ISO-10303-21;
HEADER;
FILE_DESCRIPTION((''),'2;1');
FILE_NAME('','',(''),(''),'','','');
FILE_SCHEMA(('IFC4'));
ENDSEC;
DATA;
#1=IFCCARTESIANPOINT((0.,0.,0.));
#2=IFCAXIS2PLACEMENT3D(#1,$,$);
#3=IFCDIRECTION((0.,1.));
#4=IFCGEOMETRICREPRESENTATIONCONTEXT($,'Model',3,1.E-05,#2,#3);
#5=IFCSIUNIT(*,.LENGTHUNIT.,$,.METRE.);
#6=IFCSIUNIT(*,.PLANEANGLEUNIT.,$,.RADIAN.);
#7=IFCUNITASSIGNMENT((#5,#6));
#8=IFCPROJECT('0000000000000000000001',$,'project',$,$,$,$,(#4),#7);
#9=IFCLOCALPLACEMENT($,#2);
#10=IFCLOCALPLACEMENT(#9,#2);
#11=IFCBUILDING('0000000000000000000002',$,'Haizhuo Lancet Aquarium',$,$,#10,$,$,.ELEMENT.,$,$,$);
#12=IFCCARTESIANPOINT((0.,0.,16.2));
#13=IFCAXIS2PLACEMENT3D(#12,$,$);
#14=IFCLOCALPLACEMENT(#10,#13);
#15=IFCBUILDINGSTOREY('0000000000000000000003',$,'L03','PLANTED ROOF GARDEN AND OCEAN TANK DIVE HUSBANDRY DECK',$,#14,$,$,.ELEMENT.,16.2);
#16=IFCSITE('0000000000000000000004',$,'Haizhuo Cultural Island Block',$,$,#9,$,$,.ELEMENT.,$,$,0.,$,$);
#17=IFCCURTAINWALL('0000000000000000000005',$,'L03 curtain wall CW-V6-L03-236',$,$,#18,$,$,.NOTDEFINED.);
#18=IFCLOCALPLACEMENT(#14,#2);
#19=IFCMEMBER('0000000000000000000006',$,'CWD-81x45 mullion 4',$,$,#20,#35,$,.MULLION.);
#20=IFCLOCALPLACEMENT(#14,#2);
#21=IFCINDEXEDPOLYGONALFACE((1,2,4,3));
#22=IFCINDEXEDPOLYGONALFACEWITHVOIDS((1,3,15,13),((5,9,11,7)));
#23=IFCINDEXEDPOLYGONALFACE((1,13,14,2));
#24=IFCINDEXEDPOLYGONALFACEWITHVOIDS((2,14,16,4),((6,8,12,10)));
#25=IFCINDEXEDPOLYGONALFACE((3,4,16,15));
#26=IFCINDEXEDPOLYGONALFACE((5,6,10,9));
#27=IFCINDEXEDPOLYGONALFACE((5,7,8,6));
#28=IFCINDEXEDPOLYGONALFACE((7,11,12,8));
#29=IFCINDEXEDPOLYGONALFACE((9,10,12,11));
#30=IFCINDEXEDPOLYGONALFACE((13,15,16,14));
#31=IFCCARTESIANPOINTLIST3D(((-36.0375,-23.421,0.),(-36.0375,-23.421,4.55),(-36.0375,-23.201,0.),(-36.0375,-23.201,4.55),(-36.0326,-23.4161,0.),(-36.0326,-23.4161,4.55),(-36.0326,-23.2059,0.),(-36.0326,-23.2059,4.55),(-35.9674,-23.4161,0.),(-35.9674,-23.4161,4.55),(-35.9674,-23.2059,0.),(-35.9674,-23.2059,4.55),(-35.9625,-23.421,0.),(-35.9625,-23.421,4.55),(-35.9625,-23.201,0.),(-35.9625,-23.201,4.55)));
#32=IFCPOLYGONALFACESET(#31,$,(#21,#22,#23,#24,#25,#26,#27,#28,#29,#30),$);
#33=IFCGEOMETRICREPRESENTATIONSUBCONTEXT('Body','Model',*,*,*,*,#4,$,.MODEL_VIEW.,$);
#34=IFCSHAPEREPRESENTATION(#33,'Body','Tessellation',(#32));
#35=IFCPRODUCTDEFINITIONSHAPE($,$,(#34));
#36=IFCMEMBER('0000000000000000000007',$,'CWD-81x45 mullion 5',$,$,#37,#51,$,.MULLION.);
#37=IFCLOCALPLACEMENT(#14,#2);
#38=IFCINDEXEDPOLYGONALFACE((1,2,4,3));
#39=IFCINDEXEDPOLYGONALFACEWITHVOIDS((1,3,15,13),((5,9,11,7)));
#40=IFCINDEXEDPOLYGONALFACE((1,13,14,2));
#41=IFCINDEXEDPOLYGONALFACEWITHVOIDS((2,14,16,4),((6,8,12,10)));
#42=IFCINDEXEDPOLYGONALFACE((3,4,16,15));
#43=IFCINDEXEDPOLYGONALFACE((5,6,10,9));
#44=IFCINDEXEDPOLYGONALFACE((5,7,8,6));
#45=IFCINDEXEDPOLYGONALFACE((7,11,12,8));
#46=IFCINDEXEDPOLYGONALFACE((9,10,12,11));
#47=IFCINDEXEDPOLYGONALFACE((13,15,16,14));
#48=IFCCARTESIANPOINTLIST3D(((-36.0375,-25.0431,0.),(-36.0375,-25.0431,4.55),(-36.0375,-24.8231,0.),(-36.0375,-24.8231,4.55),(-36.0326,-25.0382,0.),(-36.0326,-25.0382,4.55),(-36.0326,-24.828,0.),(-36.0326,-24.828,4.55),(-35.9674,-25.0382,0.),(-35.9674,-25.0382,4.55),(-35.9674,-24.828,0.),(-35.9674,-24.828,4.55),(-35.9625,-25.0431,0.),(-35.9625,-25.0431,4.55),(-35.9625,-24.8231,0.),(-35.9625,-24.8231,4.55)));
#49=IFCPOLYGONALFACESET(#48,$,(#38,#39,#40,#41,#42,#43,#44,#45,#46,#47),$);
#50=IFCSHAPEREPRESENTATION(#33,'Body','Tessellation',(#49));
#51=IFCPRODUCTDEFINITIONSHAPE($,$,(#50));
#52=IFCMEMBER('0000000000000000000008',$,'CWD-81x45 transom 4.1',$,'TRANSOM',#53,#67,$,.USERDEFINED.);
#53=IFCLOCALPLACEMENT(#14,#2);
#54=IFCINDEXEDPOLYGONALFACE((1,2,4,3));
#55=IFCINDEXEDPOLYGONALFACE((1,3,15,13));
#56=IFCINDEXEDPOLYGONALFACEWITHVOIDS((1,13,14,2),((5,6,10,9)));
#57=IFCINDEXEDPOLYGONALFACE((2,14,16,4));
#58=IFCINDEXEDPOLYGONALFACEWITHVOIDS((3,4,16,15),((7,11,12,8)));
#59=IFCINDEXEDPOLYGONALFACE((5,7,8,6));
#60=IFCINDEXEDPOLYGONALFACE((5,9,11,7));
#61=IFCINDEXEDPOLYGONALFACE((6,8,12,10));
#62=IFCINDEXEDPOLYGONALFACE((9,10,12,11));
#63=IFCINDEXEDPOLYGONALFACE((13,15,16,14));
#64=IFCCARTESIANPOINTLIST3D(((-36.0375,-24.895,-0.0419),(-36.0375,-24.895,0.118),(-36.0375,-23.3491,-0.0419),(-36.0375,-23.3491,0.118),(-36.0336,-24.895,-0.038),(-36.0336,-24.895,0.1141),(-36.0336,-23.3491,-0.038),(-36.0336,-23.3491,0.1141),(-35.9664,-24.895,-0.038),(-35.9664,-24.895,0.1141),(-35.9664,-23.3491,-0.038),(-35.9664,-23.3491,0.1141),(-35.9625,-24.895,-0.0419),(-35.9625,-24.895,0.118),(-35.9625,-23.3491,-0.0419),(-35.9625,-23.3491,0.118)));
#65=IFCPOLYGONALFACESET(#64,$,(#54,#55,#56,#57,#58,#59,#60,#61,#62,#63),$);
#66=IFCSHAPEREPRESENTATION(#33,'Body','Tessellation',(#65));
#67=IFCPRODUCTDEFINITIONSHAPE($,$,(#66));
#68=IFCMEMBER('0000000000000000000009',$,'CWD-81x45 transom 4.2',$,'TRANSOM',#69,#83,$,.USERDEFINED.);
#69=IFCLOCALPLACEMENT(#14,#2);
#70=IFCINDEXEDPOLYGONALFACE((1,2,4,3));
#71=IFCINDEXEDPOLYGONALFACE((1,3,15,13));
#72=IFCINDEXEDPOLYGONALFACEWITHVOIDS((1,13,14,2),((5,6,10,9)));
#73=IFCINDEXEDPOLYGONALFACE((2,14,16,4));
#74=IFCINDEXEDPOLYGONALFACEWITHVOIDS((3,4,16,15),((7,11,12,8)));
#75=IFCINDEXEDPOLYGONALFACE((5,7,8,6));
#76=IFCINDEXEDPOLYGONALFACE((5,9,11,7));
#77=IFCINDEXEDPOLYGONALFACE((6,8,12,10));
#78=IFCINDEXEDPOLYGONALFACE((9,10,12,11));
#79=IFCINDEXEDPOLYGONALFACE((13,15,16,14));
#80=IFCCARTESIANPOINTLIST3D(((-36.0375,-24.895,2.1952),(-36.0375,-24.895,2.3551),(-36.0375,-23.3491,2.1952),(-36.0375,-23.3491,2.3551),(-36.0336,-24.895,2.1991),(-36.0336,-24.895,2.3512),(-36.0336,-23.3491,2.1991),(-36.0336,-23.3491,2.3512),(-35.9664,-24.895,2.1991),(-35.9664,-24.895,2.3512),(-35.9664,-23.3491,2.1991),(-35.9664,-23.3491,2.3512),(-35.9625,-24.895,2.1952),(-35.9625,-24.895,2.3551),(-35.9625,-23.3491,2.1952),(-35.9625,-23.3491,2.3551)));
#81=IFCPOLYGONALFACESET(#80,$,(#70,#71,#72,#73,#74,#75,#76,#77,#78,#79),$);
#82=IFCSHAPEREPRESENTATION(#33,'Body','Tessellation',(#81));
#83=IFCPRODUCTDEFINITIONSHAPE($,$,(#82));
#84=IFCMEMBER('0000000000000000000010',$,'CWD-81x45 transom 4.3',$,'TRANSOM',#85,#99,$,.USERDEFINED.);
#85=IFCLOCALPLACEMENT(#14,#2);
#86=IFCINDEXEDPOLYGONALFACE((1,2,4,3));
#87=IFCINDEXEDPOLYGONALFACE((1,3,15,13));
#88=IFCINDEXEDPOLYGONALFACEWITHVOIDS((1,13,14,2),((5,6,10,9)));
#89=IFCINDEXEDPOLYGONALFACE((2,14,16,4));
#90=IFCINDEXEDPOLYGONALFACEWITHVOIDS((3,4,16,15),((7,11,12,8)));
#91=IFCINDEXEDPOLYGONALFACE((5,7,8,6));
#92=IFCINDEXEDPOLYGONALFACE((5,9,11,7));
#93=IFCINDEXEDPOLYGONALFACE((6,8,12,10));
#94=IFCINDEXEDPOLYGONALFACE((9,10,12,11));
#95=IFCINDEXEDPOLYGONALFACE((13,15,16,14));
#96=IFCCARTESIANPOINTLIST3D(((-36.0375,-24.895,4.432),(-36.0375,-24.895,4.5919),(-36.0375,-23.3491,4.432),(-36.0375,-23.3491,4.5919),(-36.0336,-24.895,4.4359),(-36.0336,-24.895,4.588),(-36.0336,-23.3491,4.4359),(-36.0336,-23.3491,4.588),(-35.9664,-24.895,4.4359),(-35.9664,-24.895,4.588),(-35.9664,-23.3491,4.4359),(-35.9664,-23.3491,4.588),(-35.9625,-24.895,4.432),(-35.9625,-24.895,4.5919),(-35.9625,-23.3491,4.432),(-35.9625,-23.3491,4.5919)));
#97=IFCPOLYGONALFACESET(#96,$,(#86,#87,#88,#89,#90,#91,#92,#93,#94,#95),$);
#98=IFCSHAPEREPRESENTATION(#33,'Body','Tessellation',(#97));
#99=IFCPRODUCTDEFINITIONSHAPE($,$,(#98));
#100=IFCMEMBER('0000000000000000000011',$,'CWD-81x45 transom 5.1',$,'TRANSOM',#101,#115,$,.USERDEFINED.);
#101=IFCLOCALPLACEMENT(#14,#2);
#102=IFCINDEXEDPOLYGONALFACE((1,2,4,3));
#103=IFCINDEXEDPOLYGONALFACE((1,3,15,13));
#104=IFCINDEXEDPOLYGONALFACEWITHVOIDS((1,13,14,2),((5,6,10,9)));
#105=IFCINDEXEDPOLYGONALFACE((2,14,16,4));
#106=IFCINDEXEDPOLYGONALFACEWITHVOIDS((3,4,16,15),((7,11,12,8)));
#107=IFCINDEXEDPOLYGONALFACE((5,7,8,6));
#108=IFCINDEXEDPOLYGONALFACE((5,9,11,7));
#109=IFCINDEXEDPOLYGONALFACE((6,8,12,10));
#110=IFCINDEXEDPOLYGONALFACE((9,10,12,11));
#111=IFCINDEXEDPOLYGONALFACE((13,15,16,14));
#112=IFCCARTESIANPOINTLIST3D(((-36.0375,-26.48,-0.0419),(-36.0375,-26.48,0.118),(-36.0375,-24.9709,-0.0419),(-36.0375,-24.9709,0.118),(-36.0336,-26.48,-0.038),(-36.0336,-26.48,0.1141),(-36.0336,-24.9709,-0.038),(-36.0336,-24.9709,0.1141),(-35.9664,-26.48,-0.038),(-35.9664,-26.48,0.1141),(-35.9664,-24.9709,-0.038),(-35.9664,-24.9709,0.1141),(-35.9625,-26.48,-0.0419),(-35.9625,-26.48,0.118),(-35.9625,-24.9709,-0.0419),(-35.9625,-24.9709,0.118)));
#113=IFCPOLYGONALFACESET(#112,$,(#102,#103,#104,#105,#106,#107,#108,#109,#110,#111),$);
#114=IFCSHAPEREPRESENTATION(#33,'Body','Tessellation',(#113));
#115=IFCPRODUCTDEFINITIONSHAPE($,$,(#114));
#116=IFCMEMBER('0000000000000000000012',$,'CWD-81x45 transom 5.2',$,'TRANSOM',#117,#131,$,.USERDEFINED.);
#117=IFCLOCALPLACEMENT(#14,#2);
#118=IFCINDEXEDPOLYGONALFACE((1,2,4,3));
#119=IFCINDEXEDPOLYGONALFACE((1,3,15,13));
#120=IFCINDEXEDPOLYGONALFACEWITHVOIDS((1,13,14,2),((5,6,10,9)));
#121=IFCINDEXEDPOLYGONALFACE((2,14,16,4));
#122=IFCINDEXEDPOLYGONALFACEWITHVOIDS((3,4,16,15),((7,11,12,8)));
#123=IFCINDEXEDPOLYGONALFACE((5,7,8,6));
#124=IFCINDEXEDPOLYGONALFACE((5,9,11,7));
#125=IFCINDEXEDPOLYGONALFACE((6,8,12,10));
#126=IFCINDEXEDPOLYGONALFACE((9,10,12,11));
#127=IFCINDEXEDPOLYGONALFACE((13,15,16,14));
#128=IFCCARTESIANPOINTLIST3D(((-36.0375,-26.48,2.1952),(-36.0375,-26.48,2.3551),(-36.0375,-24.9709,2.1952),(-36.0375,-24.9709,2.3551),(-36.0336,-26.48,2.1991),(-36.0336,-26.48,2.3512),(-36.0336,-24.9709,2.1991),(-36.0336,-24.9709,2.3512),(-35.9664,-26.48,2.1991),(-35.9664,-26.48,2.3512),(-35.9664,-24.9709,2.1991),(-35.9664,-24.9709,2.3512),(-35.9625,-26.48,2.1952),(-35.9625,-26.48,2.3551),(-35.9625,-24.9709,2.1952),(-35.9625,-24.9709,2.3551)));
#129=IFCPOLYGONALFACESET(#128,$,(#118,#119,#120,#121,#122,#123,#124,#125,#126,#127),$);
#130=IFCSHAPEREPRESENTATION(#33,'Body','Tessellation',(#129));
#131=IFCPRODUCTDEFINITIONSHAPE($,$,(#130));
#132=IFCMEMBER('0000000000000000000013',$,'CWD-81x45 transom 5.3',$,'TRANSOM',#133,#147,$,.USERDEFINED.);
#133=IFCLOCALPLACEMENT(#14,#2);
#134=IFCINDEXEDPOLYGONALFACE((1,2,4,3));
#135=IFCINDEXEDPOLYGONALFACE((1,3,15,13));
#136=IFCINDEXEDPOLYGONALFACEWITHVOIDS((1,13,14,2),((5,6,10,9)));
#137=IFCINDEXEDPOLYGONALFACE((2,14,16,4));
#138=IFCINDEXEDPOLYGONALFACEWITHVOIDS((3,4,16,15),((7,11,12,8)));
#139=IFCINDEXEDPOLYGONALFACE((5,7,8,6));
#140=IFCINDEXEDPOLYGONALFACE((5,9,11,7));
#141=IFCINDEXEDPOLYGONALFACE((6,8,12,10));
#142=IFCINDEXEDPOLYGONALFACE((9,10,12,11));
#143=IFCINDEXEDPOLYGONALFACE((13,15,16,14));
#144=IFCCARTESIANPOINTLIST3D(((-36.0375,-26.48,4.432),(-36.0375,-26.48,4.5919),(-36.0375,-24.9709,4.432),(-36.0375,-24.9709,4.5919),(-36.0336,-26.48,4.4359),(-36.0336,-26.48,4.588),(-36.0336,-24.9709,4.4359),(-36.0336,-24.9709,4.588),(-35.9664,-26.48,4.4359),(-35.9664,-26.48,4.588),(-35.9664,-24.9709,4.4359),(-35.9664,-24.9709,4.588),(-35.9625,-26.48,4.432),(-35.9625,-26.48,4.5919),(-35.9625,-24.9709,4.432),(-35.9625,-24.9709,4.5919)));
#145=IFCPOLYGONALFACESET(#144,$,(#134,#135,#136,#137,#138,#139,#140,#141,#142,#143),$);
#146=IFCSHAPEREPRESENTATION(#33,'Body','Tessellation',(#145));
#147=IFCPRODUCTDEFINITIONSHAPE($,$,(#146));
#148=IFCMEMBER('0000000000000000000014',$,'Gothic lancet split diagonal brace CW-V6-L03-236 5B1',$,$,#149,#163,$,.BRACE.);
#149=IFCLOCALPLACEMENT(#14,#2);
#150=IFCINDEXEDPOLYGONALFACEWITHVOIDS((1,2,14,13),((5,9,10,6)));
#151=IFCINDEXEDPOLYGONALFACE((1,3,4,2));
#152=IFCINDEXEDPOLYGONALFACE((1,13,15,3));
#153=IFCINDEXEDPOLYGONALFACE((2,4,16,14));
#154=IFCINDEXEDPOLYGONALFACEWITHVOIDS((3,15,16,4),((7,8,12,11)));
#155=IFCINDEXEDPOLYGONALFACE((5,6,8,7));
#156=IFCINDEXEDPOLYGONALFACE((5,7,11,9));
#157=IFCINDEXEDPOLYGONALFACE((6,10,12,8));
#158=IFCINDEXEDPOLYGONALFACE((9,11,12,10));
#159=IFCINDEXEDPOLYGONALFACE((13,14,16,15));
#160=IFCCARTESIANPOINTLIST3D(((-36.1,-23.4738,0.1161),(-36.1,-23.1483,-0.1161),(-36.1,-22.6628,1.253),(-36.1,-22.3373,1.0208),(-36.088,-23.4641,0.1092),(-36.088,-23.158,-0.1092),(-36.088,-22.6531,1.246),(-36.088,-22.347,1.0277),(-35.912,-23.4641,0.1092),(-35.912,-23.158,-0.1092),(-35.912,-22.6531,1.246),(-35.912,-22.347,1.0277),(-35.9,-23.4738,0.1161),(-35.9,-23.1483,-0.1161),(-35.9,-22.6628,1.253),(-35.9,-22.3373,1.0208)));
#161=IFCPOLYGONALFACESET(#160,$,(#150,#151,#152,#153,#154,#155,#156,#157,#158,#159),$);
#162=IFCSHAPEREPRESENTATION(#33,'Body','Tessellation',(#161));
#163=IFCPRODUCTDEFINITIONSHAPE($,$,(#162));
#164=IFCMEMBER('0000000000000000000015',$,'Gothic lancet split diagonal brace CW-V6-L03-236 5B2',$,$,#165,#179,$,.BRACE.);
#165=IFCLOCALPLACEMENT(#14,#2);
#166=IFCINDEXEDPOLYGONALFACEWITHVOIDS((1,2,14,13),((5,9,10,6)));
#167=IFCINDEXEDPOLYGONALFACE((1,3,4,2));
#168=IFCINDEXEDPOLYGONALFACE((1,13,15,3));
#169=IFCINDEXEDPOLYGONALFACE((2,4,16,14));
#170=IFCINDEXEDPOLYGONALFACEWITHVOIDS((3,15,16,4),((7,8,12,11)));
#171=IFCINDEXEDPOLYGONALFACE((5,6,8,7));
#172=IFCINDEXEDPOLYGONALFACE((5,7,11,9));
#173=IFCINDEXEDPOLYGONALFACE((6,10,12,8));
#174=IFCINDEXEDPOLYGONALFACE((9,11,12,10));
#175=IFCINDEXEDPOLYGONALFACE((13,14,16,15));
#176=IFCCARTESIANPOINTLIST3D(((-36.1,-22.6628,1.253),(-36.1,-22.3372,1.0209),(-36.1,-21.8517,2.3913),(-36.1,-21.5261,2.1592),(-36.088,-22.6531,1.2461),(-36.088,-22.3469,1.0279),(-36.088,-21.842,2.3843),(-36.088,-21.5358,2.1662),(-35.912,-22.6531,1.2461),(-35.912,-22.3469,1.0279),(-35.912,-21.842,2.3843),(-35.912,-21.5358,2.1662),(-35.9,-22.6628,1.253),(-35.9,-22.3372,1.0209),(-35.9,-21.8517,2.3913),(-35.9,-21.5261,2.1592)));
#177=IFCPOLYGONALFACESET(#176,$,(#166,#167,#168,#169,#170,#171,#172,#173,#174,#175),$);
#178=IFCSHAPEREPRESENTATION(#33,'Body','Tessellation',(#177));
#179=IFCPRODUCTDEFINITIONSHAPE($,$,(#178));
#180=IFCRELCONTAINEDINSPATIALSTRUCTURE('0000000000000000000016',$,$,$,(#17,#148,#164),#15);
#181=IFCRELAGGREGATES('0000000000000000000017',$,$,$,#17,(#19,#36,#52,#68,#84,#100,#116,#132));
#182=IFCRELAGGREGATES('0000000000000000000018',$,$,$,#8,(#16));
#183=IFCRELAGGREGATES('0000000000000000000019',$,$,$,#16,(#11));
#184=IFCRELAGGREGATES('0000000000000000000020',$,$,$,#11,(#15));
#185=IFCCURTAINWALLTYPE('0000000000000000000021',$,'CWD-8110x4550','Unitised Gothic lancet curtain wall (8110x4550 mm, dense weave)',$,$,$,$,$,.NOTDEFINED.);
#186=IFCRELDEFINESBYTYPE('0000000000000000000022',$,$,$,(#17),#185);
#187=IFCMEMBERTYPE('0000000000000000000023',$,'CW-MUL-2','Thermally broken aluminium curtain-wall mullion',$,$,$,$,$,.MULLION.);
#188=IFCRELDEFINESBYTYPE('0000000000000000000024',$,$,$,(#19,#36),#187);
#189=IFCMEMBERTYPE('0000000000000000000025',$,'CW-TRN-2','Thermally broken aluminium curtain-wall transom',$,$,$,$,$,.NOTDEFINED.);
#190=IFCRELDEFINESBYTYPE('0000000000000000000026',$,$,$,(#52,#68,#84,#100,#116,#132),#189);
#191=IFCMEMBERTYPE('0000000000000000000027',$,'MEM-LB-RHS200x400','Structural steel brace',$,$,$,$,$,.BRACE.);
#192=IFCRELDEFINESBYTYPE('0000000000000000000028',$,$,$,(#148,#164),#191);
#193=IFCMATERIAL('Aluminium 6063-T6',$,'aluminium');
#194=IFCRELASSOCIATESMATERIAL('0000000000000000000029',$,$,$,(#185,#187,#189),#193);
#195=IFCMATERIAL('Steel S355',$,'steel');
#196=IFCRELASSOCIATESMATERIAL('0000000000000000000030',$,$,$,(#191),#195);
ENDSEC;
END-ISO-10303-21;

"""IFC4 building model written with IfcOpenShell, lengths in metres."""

from ifc_helpers import new_model, si_unit, direction, frame, origin, origin_2d, place, context, subcontext, project, spatial, hollow_rectangle, extrude, material, material_profile, profile_set, type_object, element, aggregate, save


model = new_model("IFC4")

# Units and contexts
model_context = context("Model", 3, precision=1e-05, world=origin(), true_north=direction((0.0, 1.0)))
body_context = subcontext(model_context, "Body", "Model", "MODEL_VIEW")
ifc_project = project(units=[si_unit("LENGTHUNIT", "METRE"), si_unit("PLANEANGLEUNIT", "RADIAN")], contexts=[model_context])

# Site, building, storey
site_placement = place(None, origin())
site = spatial("IfcSite", under=ifc_project, at=site_placement, Name="Haizhuo Cultural Island Block", CompositionType="ELEMENT", RefElevation=0.0)
building_placement = place(site_placement, origin())
building = spatial("IfcBuilding", under=site, at=building_placement, Name="Haizhuo Lancet Aquarium", CompositionType="ELEMENT")
storey_placement = place(building_placement, frame((0.0, 0.0, 16.2)))
storey = spatial("IfcBuildingStorey", under=building, at=storey_placement, Name="L03", Description="PLANTED ROOF GARDEN AND OCEAN TANK DIVE HUSBANDRY DECK", CompositionType="ELEMENT", Elevation=16.2)

# Curtain wall, members
ifc_material_1 = material(Name="Aluminium 6063-T6", Category="aluminium")
curtain_wall_type = type_object("IfcCurtainWallType", Name="CWD-8110x4550", Description="Unitised Gothic lancet curtain wall (8110x4550 mm, dense weave)", PredefinedType="NOTDEFINED", material=ifc_material_1)
curtain_wall_placement = place(storey_placement, origin())
curtain_wall = element("IfcCurtainWall", 1, at=curtain_wall_placement, inside=storey, type_object=curtain_wall_type, Name="L03 curtain wall CW-V6-L03-236", PredefinedType="NOTDEFINED")
ifc_material_profile_1 = material_profile(ifc_material_1, hollow_rectangle(XDim=0.075, YDim=0.22, WallThickness=0.0049, at=origin_2d()), Name="ALU-M 75x220x5")
ifc_profile_set_1 = profile_set([ifc_material_profile_1], Name="Aluminium 6063-T6")
member_type_1 = type_object("IfcMemberType", Name="CW-MUL-2", Description="Thermally broken aluminium curtain-wall mullion", PredefinedType="MULLION", material=ifc_profile_set_1)
member_1_placement = place(storey_placement, frame((-36.0, -23.311, 0.0), z_axis=(0.0, 0.0, 1.0), x_axis=(1.0, 0.0, 0.0)))
member_1 = element("IfcMember", 2, at=member_1_placement, type_object=member_type_1, Name="CWD-81x45 mullion 4", PredefinedType="MULLION", context=body_context, shape_type="SweptSolid", body=[
    extrude(hollow_rectangle(XDim=0.075, YDim=0.22, WallThickness=0.0049, at=origin_2d()), origin(), (0.0, 0.0, 1.0), 4.55),
])
member_2_placement = place(storey_placement, frame((-36.0, -24.9331, 0.0), z_axis=(0.0, 0.0, 1.0), x_axis=(1.0, 0.0, 0.0)))
member_2 = element("IfcMember", 3, at=member_2_placement, type_object=member_type_1, Name="CWD-81x45 mullion 5", PredefinedType="MULLION", context=body_context, shape_type="SweptSolid", body=[
    extrude(hollow_rectangle(XDim=0.075, YDim=0.22, WallThickness=0.0049, at=origin_2d()), origin(), (0.0, 0.0, 1.0), 4.55),
])
ifc_material_profile_2 = material_profile(ifc_material_1, hollow_rectangle(XDim=0.075, YDim=0.1599, WallThickness=0.0039, at=origin_2d()), Name="ALU-T 75x160x4")
ifc_profile_set_2 = profile_set([ifc_material_profile_2], Name="Aluminium 6063-T6")
member_type_2 = type_object("IfcMemberType", Name="CW-TRN-2", Description="Thermally broken aluminium curtain-wall transom", PredefinedType="NOTDEFINED", material=ifc_profile_set_2)
member_3_placement = place(storey_placement, frame((-36.0, -23.3491, 0.0381), z_axis=(0.0, -1.0, 0.0), x_axis=(1.0, 0.0, 0.0)))
member_3 = element("IfcMember", 4, at=member_3_placement, type_object=member_type_2, Name="CWD-81x45 transom 4.1", ObjectType="TRANSOM", PredefinedType="USERDEFINED", context=body_context, shape_type="SweptSolid", body=[
    extrude(hollow_rectangle(XDim=0.075, YDim=0.1599, WallThickness=0.0039, at=origin_2d()), origin(), (0.0, 0.0, 1.0), 1.5459),
])
member_4_placement = place(storey_placement, frame((-36.0, -23.3491, 2.2751), z_axis=(0.0, -1.0, 0.0), x_axis=(1.0, 0.0, 0.0)))
member_4 = element("IfcMember", 5, at=member_4_placement, type_object=member_type_2, Name="CWD-81x45 transom 4.2", ObjectType="TRANSOM", PredefinedType="USERDEFINED", context=body_context, shape_type="SweptSolid", body=[
    extrude(hollow_rectangle(XDim=0.075, YDim=0.1599, WallThickness=0.0039, at=origin_2d()), origin(), (0.0, 0.0, 1.0), 1.5459),
])
member_5_placement = place(storey_placement, frame((-36.0, -23.3491, 4.512), z_axis=(0.0, -1.0, 0.0), x_axis=(1.0, 0.0, 0.0)))
member_5 = element("IfcMember", 6, at=member_5_placement, type_object=member_type_2, Name="CWD-81x45 transom 4.3", ObjectType="TRANSOM", PredefinedType="USERDEFINED", context=body_context, shape_type="SweptSolid", body=[
    extrude(hollow_rectangle(XDim=0.075, YDim=0.1599, WallThickness=0.0039, at=origin_2d()), origin(), (0.0, 0.0, 1.0), 1.5459),
])
member_6_placement = place(storey_placement, frame((-36.0, -24.9709, 0.0381), z_axis=(0.0, -1.0, 0.0), x_axis=(1.0, 0.0, 0.0)))
member_6 = element("IfcMember", 7, at=member_6_placement, type_object=member_type_2, Name="CWD-81x45 transom 5.1", ObjectType="TRANSOM", PredefinedType="USERDEFINED", context=body_context, shape_type="SweptSolid", body=[
    extrude(hollow_rectangle(XDim=0.075, YDim=0.1599, WallThickness=0.0039, at=origin_2d()), origin(), (0.0, 0.0, 1.0), 1.509),
])
member_7_placement = place(storey_placement, frame((-36.0, -24.9709, 2.2751), z_axis=(0.0, -1.0, 0.0), x_axis=(1.0, 0.0, 0.0)))
member_7 = element("IfcMember", 8, at=member_7_placement, type_object=member_type_2, Name="CWD-81x45 transom 5.2", ObjectType="TRANSOM", PredefinedType="USERDEFINED", context=body_context, shape_type="SweptSolid", body=[
    extrude(hollow_rectangle(XDim=0.075, YDim=0.1599, WallThickness=0.0039, at=origin_2d()), origin(), (0.0, 0.0, 1.0), 1.509),
])
member_8_placement = place(storey_placement, frame((-36.0, -24.9709, 4.512), z_axis=(0.0, -1.0, 0.0), x_axis=(1.0, 0.0, 0.0)))
member_8 = element("IfcMember", 9, at=member_8_placement, type_object=member_type_2, Name="CWD-81x45 transom 5.3", ObjectType="TRANSOM", PredefinedType="USERDEFINED", context=body_context, shape_type="SweptSolid", body=[
    extrude(hollow_rectangle(XDim=0.075, YDim=0.1599, WallThickness=0.0039, at=origin_2d()), origin(), (0.0, 0.0, 1.0), 1.509),
])

# Members
ifc_material_2 = material(Name="Steel S355", Category="steel")
ifc_material_profile_3 = material_profile(ifc_material_2, hollow_rectangle(XDim=0.2, YDim=0.3999, WallThickness=0.012, at=origin_2d()), Name="RHS 200x400x12")
ifc_profile_set_3 = profile_set([ifc_material_profile_3], Name="Steel S355")
member_type_3 = type_object("IfcMemberType", Name="MEM-LB-RHS200x400", Description="Structural steel brace", PredefinedType="BRACE", material=ifc_profile_set_3)
member_9_placement = place(storey_placement, frame((-36.0, -23.311, 0.0), z_axis=(0.0, 0.580725, 0.814099), x_axis=(-1.0, 0.0, 0.0)))
element("IfcMember", 10, at=member_9_placement, inside=storey, type_object=member_type_3, Name="Gothic lancet split diagonal brace CW-V6-L03-236 5B1", PredefinedType="BRACE", context=body_context, shape_type="SweptSolid", body=[
    extrude(hollow_rectangle(XDim=0.2, YDim=0.3999, WallThickness=0.012, at=origin_2d()), origin(), (0.0, 0.0, 1.0), 1.3965),
])
member_10_placement = place(storey_placement, frame((-36.0, -22.5, 1.137), z_axis=(0.0, 0.580312, 0.814394), x_axis=(-1.0, 0.0, 0.0)))
element("IfcMember", 11, at=member_10_placement, inside=storey, type_object=member_type_3, Name="Gothic lancet split diagonal brace CW-V6-L03-236 5B2", PredefinedType="BRACE", context=body_context, shape_type="SweptSolid", body=[
    extrude(hollow_rectangle(XDim=0.2, YDim=0.3999, WallThickness=0.012, at=origin_2d()), origin(), (0.0, 0.0, 1.0), 1.3977),
])

aggregate(curtain_wall, [member_1, member_2, member_3, member_4, member_5, member_6, member_7, member_8])

save(model, "model.ifc")
